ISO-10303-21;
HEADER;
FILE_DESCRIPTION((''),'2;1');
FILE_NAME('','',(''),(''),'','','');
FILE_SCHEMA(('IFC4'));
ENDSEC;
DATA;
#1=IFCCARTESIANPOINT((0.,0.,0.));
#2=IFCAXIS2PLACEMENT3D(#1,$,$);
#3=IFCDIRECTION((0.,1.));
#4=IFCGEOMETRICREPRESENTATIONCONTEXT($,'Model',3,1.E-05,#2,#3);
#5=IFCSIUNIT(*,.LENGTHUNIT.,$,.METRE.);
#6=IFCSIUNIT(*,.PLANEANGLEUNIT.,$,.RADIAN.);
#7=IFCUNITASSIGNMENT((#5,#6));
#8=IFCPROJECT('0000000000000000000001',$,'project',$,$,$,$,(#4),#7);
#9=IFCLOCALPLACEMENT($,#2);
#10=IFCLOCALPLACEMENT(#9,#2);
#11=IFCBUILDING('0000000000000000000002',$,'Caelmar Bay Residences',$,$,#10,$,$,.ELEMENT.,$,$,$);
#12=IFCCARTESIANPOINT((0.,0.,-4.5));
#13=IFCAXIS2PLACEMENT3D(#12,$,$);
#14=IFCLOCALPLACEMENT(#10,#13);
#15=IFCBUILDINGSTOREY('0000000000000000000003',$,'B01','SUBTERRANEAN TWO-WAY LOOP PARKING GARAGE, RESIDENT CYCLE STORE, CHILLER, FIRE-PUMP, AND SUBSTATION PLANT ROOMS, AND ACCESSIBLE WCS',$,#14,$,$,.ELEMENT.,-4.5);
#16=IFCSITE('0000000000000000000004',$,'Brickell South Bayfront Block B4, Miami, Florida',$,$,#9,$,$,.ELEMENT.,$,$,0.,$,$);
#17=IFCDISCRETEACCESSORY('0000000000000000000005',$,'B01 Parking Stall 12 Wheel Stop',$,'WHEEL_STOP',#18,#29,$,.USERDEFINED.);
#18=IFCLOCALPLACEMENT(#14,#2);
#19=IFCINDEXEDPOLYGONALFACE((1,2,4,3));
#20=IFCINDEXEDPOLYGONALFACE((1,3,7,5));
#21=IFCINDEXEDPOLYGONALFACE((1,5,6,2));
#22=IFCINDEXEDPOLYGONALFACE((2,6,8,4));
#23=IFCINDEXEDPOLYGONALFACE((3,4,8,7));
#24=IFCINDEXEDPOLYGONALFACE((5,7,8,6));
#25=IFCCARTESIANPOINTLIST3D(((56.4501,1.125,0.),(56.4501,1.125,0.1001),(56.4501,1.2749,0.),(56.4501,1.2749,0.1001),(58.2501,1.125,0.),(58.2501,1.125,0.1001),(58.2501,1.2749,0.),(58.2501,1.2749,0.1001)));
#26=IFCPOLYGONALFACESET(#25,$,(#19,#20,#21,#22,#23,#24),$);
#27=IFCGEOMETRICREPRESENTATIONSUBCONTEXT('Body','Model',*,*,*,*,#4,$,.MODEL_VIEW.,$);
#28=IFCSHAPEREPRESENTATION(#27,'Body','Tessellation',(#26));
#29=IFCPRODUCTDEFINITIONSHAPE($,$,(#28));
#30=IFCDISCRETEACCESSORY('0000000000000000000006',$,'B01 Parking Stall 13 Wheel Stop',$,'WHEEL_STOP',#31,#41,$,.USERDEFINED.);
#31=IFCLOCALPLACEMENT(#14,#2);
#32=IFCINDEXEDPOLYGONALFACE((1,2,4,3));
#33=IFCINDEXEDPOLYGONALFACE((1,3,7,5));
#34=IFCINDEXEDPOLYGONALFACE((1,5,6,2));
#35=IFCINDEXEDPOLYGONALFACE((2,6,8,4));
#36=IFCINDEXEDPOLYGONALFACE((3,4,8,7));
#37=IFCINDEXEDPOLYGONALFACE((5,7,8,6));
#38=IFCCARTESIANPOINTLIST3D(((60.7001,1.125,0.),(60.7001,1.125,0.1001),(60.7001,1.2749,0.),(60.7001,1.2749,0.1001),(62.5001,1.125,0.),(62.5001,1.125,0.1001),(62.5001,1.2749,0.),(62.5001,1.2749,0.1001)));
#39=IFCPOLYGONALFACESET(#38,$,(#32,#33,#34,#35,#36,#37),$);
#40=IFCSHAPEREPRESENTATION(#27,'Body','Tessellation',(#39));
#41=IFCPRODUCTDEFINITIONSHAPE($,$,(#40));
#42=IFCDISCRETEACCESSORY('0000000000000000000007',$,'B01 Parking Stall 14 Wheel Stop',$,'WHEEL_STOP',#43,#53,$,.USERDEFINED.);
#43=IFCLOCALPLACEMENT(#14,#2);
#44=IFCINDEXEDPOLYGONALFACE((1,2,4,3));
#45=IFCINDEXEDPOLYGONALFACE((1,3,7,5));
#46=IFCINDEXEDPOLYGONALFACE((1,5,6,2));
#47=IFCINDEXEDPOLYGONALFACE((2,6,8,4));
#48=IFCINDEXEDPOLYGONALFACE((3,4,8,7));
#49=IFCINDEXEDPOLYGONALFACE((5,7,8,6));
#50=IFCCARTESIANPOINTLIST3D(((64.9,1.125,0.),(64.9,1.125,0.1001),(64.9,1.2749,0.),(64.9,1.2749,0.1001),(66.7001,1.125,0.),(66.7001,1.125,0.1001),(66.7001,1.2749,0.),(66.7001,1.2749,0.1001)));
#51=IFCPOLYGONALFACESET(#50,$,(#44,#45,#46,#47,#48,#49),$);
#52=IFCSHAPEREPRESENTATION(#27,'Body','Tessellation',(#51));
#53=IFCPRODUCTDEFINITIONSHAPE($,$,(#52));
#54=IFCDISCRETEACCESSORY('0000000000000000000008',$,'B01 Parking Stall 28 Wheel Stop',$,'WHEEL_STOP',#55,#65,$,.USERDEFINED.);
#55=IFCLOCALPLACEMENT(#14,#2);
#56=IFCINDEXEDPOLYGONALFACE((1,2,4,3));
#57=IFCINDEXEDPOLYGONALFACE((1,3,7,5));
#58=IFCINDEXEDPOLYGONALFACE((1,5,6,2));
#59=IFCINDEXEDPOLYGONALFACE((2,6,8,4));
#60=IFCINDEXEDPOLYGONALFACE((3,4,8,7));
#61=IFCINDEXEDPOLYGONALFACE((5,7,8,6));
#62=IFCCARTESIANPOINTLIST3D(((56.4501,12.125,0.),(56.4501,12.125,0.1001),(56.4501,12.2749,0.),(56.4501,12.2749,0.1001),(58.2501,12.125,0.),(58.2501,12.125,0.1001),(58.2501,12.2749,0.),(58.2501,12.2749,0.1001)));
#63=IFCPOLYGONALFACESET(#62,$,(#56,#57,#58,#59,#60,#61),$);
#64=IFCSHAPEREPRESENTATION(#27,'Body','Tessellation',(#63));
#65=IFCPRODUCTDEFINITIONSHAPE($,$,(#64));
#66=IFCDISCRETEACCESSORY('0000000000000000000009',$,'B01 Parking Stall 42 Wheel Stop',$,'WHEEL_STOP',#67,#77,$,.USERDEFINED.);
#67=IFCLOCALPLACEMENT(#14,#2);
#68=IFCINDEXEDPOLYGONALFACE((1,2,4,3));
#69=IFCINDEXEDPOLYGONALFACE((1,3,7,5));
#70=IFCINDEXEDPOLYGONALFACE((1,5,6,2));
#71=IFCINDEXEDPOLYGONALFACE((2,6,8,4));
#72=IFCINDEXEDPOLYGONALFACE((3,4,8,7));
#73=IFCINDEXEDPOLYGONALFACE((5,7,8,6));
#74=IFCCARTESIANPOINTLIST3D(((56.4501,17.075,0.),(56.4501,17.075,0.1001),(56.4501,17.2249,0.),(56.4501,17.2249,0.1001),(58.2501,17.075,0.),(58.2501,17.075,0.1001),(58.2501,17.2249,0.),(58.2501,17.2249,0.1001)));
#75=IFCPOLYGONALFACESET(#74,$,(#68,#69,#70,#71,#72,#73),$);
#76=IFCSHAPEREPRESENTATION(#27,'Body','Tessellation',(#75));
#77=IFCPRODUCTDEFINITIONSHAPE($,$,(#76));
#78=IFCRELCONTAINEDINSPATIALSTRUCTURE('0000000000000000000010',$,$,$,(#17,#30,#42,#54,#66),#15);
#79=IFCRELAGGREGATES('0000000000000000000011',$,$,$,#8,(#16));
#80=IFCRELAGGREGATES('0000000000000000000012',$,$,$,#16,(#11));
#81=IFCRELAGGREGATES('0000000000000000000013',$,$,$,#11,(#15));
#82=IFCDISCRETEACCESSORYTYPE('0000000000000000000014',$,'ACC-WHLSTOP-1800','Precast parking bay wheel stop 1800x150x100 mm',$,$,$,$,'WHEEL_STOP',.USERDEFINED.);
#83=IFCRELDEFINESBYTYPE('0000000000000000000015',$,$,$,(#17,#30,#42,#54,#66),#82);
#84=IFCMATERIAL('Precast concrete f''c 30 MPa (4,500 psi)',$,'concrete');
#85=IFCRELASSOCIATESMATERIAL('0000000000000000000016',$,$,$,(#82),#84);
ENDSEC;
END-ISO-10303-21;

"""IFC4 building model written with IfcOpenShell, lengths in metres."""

from ifc_helpers import new_model, si_unit, direction, frame, origin, origin_2d, place, context, subcontext, project, spatial, rectangle, extrude, material, type_object, element, save


model = new_model("IFC4")

# Units and contexts
model_context = context("Model", 3, precision=1e-05, world=origin(), true_north=direction((0.0, 1.0)))
body_context = subcontext(model_context, "Body", "Model", "MODEL_VIEW")
ifc_project = project(units=[si_unit("LENGTHUNIT", "METRE"), si_unit("PLANEANGLEUNIT", "RADIAN")], contexts=[model_context])

# Site, building, storey
site_placement = place(None, origin())
site = spatial("IfcSite", under=ifc_project, at=site_placement, Name="Brickell South Bayfront Block B4, Miami, Florida", CompositionType="ELEMENT", RefElevation=0.0)
building_placement = place(site_placement, origin())
building = spatial("IfcBuilding", under=site, at=building_placement, Name="Caelmar Bay Residences", CompositionType="ELEMENT")
storey_placement = place(building_placement, frame((0.0, 0.0, -4.5)))
storey = spatial("IfcBuildingStorey", under=building, at=storey_placement, Name="B01", Description="SUBTERRANEAN TWO-WAY LOOP PARKING GARAGE, RESIDENT CYCLE STORE, CHILLER, FIRE-PUMP, AND SUBSTATION PLANT ROOMS, AND ACCESSIBLE WCS", CompositionType="ELEMENT", Elevation=-4.5)

# Discrete accessories
ifc_material_1 = material(Name="Precast concrete f'c 30 MPa (4,500 psi)", Category="concrete")
discrete_accessory_type = type_object("IfcDiscreteAccessoryType", Name="ACC-WHLSTOP-1800", Description="Precast parking bay wheel stop 1800x150x100 mm", ElementType="WHEEL_STOP", PredefinedType="USERDEFINED", material=ifc_material_1)
for number, where, z_axis, x_axis, name in (
    (1, (57.3501, 1.2, 0.0), (0.0, 0.0, 1.0), (1.0, 0.0, 0.0), "B01 Parking Stall 12 Wheel Stop"),
    (2, (61.6001, 1.2, 0.0), (0.0, 0.0, 1.0), (1.0, 0.0, 0.0), "B01 Parking Stall 13 Wheel Stop"),
    (3, (65.8, 1.2, 0.0), (0.0, 0.0, 1.0), (1.0, 0.0, 0.0), "B01 Parking Stall 14 Wheel Stop"),
    (4, (57.3501, 12.2, 0.0), (0.0, 0.0, 1.0), (1.0, 0.0, 0.0), "B01 Parking Stall 28 Wheel Stop"),
    (5, (57.3501, 17.1499, 0.0), (0.0, 0.0, 1.0), (1.0, 0.0, 0.0), "B01 Parking Stall 42 Wheel Stop"),
):
    element("IfcDiscreteAccessory", number, at=place(storey_placement, frame(where, z_axis=z_axis, x_axis=x_axis)), inside=storey, type_object=discrete_accessory_type, Name=name, ObjectType="WHEEL_STOP", PredefinedType="USERDEFINED", context=body_context, shape_type="SweptSolid", body=[
        extrude(rectangle(XDim=1.8, YDim=0.1499, at=origin_2d()), origin(), (0.0, 0.0, 1.0), 0.1001),
    ])

save(model, "model.ifc")
